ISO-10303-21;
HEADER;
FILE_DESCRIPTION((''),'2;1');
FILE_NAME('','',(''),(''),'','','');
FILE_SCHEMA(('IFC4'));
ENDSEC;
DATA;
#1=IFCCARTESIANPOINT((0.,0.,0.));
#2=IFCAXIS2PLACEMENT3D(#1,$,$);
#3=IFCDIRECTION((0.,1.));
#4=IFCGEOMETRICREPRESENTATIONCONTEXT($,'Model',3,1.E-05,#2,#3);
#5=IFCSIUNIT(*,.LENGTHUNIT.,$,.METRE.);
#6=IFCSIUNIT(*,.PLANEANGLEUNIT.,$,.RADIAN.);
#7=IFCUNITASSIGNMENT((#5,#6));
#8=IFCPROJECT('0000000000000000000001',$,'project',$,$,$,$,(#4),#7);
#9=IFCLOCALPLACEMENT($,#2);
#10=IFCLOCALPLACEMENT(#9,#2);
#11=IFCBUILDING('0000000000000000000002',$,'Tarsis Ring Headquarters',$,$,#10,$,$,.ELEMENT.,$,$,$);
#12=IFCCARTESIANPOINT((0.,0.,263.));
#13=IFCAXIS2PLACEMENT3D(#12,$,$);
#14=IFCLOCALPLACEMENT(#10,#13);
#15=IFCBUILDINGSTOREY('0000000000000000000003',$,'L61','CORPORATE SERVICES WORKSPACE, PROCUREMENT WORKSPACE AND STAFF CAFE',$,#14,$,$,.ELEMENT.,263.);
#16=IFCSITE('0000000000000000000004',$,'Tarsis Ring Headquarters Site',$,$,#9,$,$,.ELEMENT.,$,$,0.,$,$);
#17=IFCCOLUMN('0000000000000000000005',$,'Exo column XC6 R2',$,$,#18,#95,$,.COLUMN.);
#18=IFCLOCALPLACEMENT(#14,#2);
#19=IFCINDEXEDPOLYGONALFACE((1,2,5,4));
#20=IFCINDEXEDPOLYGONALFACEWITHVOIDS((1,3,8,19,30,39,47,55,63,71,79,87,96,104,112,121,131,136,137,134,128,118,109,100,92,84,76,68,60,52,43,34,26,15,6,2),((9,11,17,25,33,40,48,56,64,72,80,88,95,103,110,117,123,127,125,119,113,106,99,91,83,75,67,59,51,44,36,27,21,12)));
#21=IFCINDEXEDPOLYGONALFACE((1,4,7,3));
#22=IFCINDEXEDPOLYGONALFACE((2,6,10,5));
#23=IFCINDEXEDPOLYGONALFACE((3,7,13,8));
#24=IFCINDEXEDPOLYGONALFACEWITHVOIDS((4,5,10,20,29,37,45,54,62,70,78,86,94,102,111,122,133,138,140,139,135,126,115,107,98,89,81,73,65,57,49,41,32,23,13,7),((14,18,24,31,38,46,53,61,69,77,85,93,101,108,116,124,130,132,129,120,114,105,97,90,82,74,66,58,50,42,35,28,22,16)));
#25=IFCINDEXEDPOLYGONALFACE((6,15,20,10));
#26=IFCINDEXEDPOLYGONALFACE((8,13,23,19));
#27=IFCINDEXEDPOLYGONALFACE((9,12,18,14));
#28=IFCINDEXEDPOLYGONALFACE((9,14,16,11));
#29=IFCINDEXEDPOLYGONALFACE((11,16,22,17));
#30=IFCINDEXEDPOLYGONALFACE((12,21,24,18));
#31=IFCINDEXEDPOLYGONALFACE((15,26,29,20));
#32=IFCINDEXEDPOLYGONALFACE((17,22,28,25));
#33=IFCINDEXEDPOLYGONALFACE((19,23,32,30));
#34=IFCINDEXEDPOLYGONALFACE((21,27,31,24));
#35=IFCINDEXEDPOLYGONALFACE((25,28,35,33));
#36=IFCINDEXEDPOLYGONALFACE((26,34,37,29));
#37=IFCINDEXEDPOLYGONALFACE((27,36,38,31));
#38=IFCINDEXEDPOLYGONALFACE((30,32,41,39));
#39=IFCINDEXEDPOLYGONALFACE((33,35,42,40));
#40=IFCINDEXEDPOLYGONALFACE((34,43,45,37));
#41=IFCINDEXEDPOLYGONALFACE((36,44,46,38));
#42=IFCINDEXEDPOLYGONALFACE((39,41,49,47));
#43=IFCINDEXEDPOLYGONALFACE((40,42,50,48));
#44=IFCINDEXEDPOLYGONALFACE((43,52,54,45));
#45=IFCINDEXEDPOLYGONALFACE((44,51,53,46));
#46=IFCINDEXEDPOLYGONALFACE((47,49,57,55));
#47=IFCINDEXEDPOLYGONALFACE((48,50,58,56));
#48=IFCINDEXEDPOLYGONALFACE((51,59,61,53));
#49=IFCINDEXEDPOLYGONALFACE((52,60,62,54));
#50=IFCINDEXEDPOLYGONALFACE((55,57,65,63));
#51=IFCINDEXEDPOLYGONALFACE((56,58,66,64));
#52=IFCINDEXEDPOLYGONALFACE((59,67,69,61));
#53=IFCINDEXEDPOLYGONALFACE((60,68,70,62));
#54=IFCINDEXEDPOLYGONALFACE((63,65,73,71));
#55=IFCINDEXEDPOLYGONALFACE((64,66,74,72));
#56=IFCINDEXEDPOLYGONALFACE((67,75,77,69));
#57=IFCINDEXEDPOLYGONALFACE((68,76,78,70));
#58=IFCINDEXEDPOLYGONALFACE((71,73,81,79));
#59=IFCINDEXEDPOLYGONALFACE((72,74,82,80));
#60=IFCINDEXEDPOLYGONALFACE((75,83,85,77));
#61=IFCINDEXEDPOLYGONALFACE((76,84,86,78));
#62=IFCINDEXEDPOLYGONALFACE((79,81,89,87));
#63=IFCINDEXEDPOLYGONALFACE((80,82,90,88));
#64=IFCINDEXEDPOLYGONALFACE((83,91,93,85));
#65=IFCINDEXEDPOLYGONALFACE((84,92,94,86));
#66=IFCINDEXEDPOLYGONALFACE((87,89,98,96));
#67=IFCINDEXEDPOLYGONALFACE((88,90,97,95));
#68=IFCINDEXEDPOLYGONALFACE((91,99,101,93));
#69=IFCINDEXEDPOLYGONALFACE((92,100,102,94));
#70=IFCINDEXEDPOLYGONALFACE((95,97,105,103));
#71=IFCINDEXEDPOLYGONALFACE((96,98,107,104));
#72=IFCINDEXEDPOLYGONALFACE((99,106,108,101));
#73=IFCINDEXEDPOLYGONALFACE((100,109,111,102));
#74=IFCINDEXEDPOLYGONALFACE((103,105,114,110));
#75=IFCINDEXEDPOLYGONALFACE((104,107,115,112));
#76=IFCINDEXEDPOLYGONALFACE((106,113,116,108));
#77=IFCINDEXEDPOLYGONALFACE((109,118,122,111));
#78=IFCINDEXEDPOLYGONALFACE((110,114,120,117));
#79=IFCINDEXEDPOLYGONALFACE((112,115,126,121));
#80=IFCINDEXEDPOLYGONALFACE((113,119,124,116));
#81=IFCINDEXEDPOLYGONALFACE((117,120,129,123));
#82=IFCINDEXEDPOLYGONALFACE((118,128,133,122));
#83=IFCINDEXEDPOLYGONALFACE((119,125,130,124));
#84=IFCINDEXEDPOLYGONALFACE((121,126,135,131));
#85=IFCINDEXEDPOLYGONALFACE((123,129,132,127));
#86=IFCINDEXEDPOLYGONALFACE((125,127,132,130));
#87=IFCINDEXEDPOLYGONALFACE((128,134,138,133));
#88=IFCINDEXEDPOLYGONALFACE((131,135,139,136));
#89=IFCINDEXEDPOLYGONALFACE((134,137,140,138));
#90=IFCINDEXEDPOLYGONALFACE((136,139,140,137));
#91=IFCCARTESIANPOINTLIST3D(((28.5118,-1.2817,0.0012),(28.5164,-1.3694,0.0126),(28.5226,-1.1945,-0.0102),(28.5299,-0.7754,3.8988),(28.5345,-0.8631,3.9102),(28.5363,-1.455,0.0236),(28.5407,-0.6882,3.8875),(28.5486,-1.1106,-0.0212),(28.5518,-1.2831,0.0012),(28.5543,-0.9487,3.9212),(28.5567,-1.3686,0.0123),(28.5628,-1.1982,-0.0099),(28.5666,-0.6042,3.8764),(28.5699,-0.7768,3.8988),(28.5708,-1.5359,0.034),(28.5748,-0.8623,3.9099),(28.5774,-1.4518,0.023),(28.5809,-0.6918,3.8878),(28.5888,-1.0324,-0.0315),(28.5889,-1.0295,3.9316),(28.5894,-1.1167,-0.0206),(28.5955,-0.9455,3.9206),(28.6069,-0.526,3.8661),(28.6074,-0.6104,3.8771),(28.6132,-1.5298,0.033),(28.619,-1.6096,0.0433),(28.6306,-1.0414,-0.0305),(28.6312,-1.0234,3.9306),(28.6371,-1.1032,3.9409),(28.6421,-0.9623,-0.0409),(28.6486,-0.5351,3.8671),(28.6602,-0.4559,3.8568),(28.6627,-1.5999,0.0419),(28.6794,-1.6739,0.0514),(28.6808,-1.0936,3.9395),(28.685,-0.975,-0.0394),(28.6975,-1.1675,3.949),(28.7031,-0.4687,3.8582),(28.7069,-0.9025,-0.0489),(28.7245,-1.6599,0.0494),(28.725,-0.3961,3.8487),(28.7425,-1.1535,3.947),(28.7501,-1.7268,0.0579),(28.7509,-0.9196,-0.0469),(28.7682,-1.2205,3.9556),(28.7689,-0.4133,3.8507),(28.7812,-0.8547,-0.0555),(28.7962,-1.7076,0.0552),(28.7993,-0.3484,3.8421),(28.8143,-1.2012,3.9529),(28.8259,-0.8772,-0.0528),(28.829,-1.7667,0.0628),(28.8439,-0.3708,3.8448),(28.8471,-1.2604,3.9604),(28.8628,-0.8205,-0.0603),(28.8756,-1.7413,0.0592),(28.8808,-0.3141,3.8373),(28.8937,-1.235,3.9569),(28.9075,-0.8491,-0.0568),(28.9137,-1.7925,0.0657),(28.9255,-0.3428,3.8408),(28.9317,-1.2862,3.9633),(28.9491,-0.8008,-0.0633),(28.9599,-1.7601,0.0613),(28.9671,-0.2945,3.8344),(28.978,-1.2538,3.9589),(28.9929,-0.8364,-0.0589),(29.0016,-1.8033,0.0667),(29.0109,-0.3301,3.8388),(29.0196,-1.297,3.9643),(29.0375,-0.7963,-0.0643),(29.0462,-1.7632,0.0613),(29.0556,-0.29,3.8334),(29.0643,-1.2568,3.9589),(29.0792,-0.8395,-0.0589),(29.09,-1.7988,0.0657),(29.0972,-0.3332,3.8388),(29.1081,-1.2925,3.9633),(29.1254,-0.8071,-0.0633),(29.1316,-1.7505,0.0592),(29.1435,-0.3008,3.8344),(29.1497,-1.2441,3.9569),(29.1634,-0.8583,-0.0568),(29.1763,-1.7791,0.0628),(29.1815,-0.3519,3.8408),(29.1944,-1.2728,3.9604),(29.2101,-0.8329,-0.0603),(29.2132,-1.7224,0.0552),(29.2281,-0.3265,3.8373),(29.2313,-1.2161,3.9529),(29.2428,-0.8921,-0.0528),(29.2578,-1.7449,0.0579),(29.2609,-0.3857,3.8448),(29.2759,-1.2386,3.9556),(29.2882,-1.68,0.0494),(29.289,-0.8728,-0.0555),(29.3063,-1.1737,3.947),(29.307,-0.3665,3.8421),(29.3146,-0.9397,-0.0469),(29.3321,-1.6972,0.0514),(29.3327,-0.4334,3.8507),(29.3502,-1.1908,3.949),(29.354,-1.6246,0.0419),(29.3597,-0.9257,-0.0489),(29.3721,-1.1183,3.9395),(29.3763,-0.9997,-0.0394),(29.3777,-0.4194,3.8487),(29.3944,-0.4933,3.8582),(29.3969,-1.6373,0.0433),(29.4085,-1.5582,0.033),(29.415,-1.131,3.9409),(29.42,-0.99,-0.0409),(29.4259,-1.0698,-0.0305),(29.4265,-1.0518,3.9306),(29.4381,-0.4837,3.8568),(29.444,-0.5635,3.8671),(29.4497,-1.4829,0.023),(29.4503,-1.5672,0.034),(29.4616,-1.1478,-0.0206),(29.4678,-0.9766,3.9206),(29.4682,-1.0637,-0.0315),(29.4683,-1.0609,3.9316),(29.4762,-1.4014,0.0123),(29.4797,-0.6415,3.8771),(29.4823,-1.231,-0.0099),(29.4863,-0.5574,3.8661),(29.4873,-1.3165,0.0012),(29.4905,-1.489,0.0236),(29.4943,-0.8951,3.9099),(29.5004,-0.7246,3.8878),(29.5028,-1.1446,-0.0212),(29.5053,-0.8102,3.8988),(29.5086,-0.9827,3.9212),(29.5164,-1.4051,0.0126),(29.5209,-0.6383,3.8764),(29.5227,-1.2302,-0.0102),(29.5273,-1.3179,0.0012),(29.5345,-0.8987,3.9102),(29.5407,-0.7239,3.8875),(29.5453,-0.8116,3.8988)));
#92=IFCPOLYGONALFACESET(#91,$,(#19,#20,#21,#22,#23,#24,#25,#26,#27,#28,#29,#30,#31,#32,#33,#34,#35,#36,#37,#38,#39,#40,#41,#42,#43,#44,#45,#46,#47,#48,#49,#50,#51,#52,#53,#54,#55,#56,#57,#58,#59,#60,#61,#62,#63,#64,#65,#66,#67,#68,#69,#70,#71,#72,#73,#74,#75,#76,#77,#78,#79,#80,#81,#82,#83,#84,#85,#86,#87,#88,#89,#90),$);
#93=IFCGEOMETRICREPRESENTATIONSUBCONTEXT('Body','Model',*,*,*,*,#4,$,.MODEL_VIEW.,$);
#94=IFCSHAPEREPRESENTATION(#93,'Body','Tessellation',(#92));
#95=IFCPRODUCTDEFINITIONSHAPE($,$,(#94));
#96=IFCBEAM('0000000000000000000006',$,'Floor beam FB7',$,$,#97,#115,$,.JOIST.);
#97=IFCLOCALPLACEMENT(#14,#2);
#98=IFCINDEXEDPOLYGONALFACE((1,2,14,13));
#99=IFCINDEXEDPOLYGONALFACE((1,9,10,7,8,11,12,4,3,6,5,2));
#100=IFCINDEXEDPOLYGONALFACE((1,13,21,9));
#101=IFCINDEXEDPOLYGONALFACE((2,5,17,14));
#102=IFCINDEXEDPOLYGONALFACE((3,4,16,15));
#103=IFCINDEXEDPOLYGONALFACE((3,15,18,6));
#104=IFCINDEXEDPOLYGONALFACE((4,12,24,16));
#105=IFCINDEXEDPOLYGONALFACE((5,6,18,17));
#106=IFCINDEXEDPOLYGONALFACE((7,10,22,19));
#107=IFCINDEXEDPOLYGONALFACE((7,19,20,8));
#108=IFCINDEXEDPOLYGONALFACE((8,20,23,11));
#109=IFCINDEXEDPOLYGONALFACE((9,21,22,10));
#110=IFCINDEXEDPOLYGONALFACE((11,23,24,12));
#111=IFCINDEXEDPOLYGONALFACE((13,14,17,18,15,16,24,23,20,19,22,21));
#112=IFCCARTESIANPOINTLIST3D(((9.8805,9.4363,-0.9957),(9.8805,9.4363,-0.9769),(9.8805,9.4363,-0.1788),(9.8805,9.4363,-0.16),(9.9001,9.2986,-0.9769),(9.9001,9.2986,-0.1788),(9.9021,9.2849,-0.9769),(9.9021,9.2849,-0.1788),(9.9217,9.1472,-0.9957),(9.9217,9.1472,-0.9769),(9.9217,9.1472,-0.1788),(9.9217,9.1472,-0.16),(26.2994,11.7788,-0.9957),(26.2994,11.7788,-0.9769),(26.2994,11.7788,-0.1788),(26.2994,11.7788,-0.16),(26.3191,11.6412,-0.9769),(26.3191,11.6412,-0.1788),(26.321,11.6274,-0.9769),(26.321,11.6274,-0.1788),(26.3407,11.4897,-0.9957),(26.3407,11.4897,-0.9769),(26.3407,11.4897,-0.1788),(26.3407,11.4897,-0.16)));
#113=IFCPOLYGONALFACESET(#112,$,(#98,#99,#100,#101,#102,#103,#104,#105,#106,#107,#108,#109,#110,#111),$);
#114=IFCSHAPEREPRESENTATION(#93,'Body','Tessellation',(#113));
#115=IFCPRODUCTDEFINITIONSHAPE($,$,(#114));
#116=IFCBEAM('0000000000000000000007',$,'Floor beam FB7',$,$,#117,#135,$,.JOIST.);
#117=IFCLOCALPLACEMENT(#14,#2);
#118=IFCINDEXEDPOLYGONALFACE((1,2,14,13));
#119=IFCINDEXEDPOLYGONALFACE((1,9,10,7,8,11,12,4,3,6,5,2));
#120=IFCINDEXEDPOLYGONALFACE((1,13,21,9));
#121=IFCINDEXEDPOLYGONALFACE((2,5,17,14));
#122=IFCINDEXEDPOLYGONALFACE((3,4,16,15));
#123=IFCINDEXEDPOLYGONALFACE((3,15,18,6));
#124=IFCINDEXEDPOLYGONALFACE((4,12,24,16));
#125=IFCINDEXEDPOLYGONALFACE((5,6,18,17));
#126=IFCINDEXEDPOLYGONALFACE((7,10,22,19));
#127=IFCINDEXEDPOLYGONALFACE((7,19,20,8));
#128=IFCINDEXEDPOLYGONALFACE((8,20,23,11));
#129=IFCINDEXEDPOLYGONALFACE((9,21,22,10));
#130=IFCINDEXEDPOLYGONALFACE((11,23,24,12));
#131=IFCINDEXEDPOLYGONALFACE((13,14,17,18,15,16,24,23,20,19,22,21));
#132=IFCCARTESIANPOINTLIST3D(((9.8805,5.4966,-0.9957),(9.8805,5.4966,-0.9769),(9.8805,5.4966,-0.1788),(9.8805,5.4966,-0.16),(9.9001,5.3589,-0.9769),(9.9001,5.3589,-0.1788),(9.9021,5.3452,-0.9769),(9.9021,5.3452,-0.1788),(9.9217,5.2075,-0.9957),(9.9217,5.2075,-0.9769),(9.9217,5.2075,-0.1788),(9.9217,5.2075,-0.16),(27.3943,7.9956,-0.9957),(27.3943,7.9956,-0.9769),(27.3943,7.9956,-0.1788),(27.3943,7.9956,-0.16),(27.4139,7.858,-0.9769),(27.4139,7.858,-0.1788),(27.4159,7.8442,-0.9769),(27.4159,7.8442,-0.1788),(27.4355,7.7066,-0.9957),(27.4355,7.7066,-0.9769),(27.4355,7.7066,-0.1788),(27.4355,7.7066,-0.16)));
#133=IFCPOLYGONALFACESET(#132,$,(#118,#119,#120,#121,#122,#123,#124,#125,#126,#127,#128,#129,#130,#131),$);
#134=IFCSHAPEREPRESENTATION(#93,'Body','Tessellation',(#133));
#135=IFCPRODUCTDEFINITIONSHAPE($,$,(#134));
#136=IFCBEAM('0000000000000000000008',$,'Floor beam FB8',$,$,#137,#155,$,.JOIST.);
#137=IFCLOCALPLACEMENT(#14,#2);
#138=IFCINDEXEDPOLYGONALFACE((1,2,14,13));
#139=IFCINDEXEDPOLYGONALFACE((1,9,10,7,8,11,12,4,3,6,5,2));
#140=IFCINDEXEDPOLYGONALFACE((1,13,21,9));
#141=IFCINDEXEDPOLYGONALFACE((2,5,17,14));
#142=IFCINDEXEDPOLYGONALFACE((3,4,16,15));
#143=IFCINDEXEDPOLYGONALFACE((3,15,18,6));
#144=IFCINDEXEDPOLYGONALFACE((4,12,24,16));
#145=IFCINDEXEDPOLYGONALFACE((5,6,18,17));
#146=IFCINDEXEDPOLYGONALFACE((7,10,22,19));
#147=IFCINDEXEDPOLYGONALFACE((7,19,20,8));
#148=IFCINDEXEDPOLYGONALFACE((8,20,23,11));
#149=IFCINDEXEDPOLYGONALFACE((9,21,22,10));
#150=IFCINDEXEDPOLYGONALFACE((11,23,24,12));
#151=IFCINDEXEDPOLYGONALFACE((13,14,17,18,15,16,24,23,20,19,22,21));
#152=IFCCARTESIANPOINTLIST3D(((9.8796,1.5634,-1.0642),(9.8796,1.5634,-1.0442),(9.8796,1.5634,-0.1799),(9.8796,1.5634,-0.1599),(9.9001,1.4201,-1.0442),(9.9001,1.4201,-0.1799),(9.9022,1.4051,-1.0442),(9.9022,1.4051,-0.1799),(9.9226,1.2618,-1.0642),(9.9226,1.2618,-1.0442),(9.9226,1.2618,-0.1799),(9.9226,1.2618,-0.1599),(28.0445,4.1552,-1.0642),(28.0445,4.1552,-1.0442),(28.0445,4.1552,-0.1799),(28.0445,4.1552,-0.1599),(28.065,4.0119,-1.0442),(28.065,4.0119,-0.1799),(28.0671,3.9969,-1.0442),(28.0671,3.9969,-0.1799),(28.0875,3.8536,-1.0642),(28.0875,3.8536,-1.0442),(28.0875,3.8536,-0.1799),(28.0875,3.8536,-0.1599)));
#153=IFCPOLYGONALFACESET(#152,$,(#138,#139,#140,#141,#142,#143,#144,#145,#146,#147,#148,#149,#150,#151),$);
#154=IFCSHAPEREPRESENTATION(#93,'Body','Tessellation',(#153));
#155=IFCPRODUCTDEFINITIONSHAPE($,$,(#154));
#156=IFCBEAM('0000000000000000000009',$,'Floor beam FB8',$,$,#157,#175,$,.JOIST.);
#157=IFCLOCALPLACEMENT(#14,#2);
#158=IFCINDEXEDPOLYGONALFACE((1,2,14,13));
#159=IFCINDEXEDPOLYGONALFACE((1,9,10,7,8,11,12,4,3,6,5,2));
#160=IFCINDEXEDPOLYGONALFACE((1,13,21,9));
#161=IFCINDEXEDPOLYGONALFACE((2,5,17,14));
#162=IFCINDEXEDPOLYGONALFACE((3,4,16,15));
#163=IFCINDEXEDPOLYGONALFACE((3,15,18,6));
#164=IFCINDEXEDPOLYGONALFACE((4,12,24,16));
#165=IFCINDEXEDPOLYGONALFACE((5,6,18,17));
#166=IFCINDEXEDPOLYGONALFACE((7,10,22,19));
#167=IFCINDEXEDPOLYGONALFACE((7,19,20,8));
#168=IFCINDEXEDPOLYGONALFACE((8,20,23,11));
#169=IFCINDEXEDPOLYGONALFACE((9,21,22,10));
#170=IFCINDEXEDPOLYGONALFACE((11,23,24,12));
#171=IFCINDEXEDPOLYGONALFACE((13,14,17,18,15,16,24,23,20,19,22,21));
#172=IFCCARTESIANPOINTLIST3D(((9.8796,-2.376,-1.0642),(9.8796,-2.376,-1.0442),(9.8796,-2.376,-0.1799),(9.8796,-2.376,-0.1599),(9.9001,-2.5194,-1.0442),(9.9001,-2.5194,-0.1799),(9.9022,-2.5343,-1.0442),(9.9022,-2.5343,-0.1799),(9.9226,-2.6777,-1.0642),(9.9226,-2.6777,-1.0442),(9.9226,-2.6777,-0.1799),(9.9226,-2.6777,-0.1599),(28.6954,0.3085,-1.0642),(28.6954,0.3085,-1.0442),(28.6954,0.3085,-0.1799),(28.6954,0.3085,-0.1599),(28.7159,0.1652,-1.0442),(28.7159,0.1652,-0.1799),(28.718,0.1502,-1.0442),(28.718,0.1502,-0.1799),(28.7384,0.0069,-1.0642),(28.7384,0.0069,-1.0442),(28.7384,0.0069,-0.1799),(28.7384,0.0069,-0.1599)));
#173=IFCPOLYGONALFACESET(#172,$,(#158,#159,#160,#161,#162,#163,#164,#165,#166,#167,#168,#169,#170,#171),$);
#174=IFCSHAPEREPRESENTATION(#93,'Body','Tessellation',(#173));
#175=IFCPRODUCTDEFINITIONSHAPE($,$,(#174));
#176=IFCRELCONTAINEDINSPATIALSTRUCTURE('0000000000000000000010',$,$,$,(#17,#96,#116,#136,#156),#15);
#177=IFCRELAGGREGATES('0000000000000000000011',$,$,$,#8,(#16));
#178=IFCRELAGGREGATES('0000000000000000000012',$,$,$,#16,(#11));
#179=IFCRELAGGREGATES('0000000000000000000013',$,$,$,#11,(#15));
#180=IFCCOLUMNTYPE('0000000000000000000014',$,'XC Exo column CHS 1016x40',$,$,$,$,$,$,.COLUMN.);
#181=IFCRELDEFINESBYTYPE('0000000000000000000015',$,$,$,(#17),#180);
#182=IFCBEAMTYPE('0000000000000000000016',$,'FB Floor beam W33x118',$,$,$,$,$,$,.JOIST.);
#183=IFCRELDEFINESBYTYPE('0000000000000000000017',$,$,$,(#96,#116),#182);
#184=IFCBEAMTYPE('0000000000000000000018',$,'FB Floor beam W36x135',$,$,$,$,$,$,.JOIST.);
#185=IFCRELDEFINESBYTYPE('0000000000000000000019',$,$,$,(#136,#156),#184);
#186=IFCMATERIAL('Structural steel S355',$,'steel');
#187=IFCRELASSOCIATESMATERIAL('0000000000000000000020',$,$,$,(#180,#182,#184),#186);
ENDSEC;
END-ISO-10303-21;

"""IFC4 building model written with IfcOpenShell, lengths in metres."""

from ifc_helpers import new_model, si_unit, direction, frame, origin, origin_2d, place, context, subcontext, project, spatial, hollow_circle, i_section, extrude, material, material_profile, profile_set, type_object, element, save


model = new_model("IFC4")

# Units and contexts
model_context = context("Model", 3, precision=1e-05, world=origin(), true_north=direction((0.0, 1.0)))
body_context = subcontext(model_context, "Body", "Model", "MODEL_VIEW")
ifc_project = project(units=[si_unit("LENGTHUNIT", "METRE"), si_unit("PLANEANGLEUNIT", "RADIAN")], contexts=[model_context])

# Site, building, storey
site_placement = place(None, origin())
site = spatial("IfcSite", under=ifc_project, at=site_placement, Name="Tarsis Ring Headquarters Site", CompositionType="ELEMENT", RefElevation=0.0)
building_placement = place(site_placement, origin())
building = spatial("IfcBuilding", under=site, at=building_placement, Name="Tarsis Ring Headquarters", CompositionType="ELEMENT")
storey_placement = place(building_placement, frame((0.0, 0.0, 263.0)))
storey = spatial("IfcBuildingStorey", under=building, at=storey_placement, Name="L61", Description="CORPORATE SERVICES WORKSPACE, PROCUREMENT WORKSPACE AND STAFF CAFE", CompositionType="ELEMENT", Elevation=263.0)

# Column
ifc_material_1 = material(Name="Structural steel S355", Category="steel")
ifc_material_profile_1 = material_profile(ifc_material_1, hollow_circle(Radius=0.5081, WallThickness=0.04, at=origin_2d()), Name="CHS 1016x40")
ifc_profile_set_1 = profile_set([ifc_material_profile_1], Name="Structural steel S355")
column_type = type_object("IfcColumnType", Name="XC Exo column CHS 1016x40", PredefinedType="COLUMN", material=ifc_profile_set_1)
column_placement = place(storey_placement, frame((29.0195, -1.2998, 0.0012), z_axis=(0.004596, 0.128825, 0.991657), x_axis=(-0.999364, 0.035657, 0.0)))
element("IfcColumn", 1, at=column_placement, inside=storey, type_object=column_type, Name="Exo column XC6 R2", PredefinedType="COLUMN", context=body_context, shape_type="SweptSolid", body=[
    extrude(hollow_circle(Radius=0.5081, WallThickness=0.04, at=origin_2d()), origin(), (0.0, 0.0, 1.0), 3.9304),
])

# Beams
ifc_material_profile_2 = material_profile(ifc_material_1, i_section(OverallWidth=0.292, OverallDepth=0.8357, WebThickness=0.0139, FlangeThickness=0.0188, at=origin_2d()), Name="W33x118")
ifc_profile_set_2 = profile_set([ifc_material_profile_2], Name="Structural steel S355")
beam_type_1 = type_object("IfcBeamType", Name="FB Floor beam W33x118", PredefinedType="JOIST", material=ifc_profile_set_2)
beam_1_placement = place(storey_placement, frame((9.9011, 9.2917, -0.5779), z_axis=(0.989975, 0.141242, 0.0), x_axis=(-0.141242, 0.989975, 0.0)))
element("IfcBeam", 2, at=beam_1_placement, inside=storey, type_object=beam_type_1, Name="Floor beam FB7", PredefinedType="JOIST", context=body_context, shape_type="SweptSolid", body=[
    extrude(i_section(OverallWidth=0.292, OverallDepth=0.8357, WebThickness=0.0139, FlangeThickness=0.0188, at=origin_2d()), origin(), (0.0, 0.0, 1.0), 16.5852),
])
beam_2_placement = place(storey_placement, frame((9.9011, 5.3521, -0.5779), z_axis=(0.989973, 0.141259, 0.0), x_axis=(-0.141259, 0.989973, 0.0)))
element("IfcBeam", 3, at=beam_2_placement, inside=storey, type_object=beam_type_1, Name="Floor beam FB7", PredefinedType="JOIST", context=body_context, shape_type="SweptSolid", body=[
    extrude(i_section(OverallWidth=0.292, OverallDepth=0.8357, WebThickness=0.0139, FlangeThickness=0.0188, at=origin_2d()), origin(), (0.0, 0.0, 1.0), 17.6912),
])
ifc_material_profile_3 = material_profile(ifc_material_1, i_section(OverallWidth=0.3047, OverallDepth=0.9043, WebThickness=0.0151, FlangeThickness=0.02, at=origin_2d()), Name="W36x135")
ifc_profile_set_3 = profile_set([ifc_material_profile_3], Name="Structural steel S355")
beam_type_2 = type_object("IfcBeamType", Name="FB Floor beam W36x135", PredefinedType="JOIST", material=ifc_profile_set_3)
beam_3_placement = place(storey_placement, frame((9.9011, 1.4126, -0.6121), z_axis=(0.989974, 0.141252, 0.0), x_axis=(-0.141252, 0.989974, 0.0)))
element("IfcBeam", 4, at=beam_3_placement, inside=storey, type_object=beam_type_2, Name="Floor beam FB8", PredefinedType="JOIST", context=body_context, shape_type="SweptSolid", body=[
    extrude(i_section(OverallWidth=0.3047, OverallDepth=0.9043, WebThickness=0.0151, FlangeThickness=0.02, at=origin_2d()), origin(), (0.0, 0.0, 1.0), 18.3489),
])
beam_4_placement = place(storey_placement, frame((9.9011, -2.5269, -0.6121), z_axis=(0.989975, 0.141245, 0.0), x_axis=(-0.141245, 0.989975, 0.0)))
element("IfcBeam", 5, at=beam_4_placement, inside=storey, type_object=beam_type_2, Name="Floor beam FB8", PredefinedType="JOIST", context=body_context, shape_type="SweptSolid", body=[
    extrude(i_section(OverallWidth=0.3047, OverallDepth=0.9043, WebThickness=0.0151, FlangeThickness=0.02, at=origin_2d()), origin(), (0.0, 0.0, 1.0), 19.0063),
])

save(model, "model.ifc")
